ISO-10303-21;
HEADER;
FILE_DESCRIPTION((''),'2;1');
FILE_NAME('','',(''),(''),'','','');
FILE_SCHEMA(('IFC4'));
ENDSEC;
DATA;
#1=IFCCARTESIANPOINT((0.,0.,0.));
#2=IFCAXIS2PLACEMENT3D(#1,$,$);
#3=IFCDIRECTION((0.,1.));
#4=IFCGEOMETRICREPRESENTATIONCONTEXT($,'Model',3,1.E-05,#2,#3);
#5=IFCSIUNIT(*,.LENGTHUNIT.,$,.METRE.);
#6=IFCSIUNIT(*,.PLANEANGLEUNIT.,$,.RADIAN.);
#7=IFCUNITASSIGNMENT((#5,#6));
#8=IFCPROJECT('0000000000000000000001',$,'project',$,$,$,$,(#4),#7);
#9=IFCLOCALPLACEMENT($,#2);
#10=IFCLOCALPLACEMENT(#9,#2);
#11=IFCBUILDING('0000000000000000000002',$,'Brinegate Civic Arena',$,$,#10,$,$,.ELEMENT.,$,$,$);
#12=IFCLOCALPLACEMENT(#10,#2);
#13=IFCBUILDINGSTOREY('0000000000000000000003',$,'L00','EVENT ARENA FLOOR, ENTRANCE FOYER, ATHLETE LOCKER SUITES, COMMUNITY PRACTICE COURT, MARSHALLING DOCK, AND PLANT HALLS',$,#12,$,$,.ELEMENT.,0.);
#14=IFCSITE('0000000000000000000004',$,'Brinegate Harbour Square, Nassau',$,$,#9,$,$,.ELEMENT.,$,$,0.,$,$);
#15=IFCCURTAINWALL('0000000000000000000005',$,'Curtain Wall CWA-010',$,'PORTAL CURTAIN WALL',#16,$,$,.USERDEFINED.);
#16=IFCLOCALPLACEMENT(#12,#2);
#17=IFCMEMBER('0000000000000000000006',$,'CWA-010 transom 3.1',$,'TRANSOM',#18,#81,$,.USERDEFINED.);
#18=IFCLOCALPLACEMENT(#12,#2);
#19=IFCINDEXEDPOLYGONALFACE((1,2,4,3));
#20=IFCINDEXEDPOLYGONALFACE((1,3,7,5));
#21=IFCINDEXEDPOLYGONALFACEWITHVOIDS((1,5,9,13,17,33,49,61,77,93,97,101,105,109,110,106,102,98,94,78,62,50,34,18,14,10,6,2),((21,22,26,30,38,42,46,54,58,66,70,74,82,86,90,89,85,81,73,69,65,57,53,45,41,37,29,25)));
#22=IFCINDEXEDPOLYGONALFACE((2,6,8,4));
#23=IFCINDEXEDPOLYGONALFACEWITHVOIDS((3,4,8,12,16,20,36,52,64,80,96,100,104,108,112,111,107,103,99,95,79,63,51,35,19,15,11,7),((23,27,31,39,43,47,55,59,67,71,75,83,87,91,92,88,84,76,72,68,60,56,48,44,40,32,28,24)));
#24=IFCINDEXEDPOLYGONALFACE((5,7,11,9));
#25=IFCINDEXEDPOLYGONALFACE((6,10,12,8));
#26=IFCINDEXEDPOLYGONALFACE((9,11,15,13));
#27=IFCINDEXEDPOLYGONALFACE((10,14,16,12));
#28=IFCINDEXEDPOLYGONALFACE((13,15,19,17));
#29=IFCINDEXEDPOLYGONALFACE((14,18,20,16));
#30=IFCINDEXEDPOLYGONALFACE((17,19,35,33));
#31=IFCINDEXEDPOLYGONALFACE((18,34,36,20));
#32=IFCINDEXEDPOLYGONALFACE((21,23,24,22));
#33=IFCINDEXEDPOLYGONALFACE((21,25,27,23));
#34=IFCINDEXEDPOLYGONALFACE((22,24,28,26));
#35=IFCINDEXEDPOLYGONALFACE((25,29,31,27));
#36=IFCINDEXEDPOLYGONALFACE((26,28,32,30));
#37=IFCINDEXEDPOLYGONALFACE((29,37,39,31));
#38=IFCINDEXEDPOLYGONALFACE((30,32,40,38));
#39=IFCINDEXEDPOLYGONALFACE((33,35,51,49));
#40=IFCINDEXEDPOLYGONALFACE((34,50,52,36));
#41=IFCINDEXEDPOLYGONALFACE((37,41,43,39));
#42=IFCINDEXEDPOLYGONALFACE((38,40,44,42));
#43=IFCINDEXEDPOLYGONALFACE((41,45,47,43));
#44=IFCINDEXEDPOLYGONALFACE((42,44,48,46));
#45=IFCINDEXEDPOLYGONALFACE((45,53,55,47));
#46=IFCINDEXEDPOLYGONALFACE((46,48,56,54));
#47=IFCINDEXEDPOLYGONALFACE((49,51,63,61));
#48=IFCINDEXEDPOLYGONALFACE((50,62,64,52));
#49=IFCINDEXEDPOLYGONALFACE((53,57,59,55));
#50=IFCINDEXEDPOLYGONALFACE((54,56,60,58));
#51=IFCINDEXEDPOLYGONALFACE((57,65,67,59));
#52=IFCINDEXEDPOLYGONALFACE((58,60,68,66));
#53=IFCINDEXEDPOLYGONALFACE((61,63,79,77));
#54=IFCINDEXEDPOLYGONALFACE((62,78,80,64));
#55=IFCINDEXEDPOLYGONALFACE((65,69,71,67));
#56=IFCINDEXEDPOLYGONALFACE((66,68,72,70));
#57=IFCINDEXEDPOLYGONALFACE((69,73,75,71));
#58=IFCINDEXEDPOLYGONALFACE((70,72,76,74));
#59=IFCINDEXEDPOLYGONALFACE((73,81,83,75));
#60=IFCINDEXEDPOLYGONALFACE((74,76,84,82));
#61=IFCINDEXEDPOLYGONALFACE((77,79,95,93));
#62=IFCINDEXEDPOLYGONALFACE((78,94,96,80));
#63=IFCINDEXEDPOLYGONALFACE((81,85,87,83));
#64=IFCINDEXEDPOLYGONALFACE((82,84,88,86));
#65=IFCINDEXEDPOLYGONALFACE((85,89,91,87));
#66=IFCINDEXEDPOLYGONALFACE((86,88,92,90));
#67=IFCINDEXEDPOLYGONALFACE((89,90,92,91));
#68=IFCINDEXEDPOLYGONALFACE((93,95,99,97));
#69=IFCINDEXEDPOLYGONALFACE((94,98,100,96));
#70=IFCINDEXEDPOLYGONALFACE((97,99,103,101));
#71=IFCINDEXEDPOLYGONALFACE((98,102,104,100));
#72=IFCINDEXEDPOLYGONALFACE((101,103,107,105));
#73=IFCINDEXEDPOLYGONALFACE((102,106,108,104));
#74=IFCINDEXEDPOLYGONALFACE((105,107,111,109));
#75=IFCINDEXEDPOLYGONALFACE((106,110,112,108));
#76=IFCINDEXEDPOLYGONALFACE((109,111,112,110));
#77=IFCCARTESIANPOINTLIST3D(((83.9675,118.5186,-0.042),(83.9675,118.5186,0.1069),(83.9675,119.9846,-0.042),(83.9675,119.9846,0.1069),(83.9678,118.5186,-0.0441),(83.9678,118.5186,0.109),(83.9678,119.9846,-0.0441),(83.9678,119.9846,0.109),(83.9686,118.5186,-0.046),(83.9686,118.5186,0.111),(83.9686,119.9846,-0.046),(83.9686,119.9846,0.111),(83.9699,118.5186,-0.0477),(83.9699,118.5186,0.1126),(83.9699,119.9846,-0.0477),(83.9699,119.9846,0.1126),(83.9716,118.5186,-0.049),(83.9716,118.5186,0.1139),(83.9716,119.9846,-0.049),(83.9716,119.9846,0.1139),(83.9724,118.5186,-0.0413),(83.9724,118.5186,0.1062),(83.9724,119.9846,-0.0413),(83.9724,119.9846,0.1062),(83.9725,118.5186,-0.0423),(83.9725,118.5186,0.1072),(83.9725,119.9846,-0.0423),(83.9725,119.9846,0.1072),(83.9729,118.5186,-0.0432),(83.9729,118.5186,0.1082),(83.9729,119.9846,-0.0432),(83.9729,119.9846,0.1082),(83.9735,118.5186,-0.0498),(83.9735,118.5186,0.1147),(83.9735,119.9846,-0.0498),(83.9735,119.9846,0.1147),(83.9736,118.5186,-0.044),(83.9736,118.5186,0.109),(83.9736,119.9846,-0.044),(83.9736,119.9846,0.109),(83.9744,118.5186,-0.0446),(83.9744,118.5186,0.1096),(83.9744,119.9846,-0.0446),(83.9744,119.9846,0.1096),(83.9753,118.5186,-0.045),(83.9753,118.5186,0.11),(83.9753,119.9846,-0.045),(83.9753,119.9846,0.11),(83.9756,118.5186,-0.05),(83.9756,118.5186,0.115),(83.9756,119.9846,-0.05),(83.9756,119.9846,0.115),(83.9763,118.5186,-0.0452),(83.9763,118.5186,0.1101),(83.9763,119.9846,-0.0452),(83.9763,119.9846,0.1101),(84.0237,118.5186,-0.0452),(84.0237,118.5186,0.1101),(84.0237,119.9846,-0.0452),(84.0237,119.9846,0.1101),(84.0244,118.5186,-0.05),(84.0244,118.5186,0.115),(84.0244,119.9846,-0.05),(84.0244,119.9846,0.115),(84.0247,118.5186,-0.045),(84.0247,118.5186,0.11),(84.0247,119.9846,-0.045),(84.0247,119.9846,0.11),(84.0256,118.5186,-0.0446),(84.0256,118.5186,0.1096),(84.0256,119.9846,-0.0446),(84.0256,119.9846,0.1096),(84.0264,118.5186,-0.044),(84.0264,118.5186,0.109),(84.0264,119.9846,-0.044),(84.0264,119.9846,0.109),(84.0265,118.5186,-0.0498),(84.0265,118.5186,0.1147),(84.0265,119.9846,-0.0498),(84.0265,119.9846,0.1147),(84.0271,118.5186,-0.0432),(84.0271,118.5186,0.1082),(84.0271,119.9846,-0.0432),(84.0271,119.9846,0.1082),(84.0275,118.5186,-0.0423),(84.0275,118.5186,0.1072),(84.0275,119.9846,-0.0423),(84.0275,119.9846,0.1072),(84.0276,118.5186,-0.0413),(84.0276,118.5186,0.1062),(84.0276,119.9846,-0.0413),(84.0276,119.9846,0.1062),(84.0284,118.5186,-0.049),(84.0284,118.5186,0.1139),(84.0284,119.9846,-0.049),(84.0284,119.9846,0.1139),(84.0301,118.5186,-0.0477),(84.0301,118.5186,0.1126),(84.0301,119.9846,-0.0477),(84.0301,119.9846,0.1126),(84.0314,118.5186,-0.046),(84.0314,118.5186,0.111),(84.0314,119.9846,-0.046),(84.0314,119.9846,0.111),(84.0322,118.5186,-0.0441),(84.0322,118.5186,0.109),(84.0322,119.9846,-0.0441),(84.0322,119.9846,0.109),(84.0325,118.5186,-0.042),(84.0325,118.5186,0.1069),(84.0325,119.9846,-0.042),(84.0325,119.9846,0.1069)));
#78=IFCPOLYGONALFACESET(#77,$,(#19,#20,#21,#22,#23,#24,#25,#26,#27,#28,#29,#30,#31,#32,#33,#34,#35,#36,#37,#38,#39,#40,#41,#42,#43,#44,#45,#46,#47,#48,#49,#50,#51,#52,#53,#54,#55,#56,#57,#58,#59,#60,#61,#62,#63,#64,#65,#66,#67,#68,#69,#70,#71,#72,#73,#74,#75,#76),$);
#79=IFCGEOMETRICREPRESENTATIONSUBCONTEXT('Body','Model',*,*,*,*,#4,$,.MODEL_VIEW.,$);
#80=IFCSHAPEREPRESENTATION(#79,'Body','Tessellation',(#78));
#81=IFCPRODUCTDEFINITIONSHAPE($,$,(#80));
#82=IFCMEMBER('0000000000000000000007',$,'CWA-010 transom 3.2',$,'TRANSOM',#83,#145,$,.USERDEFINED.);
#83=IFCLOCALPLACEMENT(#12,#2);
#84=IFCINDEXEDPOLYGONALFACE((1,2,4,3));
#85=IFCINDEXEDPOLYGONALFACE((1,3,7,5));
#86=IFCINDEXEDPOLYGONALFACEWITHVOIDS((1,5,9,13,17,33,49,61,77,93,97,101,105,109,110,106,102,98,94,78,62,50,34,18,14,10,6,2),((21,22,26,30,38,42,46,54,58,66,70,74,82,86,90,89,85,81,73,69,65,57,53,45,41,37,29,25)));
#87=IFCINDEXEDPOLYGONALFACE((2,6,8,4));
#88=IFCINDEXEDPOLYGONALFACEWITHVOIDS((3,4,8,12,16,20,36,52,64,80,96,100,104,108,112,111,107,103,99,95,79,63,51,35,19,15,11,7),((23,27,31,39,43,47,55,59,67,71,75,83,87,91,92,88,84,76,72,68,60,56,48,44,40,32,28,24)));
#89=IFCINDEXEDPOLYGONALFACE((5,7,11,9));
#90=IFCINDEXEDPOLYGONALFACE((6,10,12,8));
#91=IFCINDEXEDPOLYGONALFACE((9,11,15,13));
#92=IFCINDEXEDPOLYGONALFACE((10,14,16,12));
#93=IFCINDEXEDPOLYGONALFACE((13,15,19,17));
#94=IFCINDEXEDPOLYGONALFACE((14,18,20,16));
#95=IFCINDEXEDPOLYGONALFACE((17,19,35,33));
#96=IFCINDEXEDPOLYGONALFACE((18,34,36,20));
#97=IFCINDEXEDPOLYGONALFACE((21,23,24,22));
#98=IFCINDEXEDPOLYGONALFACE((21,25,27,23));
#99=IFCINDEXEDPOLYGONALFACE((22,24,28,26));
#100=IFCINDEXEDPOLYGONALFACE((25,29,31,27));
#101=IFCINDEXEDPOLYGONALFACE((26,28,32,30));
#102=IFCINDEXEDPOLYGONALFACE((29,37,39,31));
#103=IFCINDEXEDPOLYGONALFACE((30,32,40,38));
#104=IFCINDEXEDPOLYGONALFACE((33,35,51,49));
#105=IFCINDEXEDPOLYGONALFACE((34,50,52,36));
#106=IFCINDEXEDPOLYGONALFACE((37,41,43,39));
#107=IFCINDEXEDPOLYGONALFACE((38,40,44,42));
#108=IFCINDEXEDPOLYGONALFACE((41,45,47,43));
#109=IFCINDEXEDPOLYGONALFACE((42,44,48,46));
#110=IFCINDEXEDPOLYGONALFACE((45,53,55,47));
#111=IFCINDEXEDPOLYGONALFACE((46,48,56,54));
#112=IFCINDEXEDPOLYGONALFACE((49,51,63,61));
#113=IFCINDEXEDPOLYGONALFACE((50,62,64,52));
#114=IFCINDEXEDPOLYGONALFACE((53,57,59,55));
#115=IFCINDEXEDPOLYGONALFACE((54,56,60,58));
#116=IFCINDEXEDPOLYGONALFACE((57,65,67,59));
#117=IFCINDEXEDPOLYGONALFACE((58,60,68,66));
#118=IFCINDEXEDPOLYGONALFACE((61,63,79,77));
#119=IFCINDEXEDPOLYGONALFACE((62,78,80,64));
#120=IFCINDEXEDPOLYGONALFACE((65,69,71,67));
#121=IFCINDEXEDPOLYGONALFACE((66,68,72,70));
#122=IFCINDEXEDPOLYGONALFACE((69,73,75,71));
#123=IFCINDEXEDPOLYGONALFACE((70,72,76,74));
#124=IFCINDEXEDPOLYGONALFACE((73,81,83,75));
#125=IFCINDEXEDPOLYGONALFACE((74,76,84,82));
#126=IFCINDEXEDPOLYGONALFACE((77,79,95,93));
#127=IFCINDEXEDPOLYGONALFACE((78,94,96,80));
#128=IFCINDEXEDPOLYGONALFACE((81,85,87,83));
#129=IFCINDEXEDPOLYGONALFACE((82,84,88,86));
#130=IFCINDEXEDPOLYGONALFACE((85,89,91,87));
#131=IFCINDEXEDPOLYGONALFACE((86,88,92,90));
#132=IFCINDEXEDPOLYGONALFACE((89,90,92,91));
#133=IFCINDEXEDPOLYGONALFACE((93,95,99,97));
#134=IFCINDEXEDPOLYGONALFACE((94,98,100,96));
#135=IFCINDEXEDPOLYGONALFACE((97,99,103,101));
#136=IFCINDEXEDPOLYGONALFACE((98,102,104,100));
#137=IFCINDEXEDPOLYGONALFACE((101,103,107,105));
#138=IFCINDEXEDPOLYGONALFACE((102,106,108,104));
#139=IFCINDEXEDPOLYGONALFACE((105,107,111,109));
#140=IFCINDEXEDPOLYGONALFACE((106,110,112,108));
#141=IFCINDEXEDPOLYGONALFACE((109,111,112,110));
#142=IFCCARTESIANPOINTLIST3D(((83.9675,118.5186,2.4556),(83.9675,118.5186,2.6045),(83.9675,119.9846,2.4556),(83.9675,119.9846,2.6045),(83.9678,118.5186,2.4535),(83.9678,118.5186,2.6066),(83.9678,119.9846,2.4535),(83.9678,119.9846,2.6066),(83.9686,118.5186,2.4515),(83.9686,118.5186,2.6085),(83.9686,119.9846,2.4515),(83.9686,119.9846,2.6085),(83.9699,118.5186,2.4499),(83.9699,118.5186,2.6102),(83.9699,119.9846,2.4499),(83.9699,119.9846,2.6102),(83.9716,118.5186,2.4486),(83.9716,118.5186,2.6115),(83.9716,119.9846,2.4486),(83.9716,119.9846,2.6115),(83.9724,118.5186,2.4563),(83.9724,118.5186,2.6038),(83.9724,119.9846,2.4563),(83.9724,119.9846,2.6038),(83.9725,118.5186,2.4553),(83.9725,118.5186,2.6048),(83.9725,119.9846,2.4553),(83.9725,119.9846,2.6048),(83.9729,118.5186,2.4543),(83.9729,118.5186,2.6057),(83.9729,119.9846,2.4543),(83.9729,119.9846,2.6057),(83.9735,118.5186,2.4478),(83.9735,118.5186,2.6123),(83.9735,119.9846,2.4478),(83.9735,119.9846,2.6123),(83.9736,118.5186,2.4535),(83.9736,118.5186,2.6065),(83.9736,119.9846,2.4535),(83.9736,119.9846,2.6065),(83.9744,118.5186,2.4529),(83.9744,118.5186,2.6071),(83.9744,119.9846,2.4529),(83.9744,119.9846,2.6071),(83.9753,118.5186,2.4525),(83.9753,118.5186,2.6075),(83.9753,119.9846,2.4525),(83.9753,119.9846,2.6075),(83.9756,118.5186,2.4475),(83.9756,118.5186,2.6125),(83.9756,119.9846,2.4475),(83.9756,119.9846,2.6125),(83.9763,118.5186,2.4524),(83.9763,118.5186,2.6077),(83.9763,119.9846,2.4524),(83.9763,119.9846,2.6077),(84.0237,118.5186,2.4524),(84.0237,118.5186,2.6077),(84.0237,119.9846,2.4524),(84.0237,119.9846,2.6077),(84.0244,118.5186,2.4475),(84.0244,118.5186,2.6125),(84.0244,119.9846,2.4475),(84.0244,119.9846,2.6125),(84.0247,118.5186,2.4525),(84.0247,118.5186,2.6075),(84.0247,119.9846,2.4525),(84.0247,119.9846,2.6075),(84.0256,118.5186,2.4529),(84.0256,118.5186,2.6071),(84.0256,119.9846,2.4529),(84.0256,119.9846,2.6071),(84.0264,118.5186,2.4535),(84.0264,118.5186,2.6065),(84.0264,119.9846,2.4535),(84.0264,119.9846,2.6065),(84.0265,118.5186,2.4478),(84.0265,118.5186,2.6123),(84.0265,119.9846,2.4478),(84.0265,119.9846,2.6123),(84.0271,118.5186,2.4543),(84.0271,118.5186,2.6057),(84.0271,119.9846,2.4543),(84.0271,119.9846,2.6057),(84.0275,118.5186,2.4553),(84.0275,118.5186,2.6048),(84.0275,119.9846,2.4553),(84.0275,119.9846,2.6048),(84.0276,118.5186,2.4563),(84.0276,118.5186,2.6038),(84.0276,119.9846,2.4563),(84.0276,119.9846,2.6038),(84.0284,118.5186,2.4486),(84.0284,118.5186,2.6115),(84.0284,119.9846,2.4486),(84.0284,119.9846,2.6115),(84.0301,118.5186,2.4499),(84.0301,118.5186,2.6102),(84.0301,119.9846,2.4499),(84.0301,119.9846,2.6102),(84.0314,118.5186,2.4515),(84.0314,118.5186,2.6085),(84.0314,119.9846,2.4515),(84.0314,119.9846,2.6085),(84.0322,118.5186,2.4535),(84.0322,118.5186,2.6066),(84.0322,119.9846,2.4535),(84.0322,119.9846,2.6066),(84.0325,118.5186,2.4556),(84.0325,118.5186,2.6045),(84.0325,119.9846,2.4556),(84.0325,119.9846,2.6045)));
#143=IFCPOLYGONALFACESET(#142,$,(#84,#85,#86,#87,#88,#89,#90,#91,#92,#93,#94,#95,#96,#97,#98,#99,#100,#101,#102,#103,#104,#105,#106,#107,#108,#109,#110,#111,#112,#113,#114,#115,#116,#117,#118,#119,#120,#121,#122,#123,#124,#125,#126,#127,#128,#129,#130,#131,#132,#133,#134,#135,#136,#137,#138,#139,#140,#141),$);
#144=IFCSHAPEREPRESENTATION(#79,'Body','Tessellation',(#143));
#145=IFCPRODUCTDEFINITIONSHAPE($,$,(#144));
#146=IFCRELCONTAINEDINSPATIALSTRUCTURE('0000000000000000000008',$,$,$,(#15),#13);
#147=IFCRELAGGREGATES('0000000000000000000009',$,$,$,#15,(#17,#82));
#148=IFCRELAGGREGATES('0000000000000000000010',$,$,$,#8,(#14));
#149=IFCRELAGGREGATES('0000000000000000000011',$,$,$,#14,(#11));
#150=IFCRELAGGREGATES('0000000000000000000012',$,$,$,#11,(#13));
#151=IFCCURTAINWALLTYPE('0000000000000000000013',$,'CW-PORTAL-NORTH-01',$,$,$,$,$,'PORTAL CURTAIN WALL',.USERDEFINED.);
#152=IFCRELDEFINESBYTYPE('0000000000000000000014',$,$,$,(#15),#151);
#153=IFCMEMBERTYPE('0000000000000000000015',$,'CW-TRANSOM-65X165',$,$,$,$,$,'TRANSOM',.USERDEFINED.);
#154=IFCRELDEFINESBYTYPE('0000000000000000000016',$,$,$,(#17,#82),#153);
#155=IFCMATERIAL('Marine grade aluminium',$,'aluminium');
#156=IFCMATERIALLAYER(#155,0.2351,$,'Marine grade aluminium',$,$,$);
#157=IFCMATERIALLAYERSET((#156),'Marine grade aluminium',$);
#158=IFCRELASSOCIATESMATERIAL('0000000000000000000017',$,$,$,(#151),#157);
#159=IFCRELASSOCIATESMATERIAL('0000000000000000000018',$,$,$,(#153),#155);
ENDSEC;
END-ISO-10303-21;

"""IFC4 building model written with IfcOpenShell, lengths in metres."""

from ifc_helpers import new_model, si_unit, direction, frame, origin, origin_2d, place, context, subcontext, project, spatial, hollow_rectangle, extrude, material, layer, layer_set, material_profile, profile_set, type_object, element, aggregate, save


model = new_model("IFC4")

# Units and contexts
model_context = context("Model", 3, precision=1e-05, world=origin(), true_north=direction((0.0, 1.0)))
body_context = subcontext(model_context, "Body", "Model", "MODEL_VIEW")
ifc_project = project(units=[si_unit("LENGTHUNIT", "METRE"), si_unit("PLANEANGLEUNIT", "RADIAN")], contexts=[model_context])

# Site, building, storey
site_placement = place(None, origin())
site = spatial("IfcSite", under=ifc_project, at=site_placement, Name="Brinegate Harbour Square, Nassau", CompositionType="ELEMENT", RefElevation=0.0)
building_placement = place(site_placement, origin())
building = spatial("IfcBuilding", under=site, at=building_placement, Name="Brinegate Civic Arena", CompositionType="ELEMENT")
storey_placement = place(building_placement, origin())
storey = spatial("IfcBuildingStorey", under=building, at=storey_placement, Name="L00", Description="EVENT ARENA FLOOR, ENTRANCE FOYER, ATHLETE LOCKER SUITES, COMMUNITY PRACTICE COURT, MARSHALLING DOCK, AND PLANT HALLS", CompositionType="ELEMENT", Elevation=0.0)

# Curtain wall, members
ifc_material_1 = material(Name="Marine grade aluminium", Category="aluminium")
ifc_layer_1 = layer(ifc_material_1, 0.2351, Name="Marine grade aluminium")
ifc_layer_set_1 = layer_set([ifc_layer_1], Name="Marine grade aluminium")
curtain_wall_type = type_object("IfcCurtainWallType", Name="CW-PORTAL-NORTH-01", ElementType="PORTAL CURTAIN WALL", PredefinedType="USERDEFINED", material=ifc_layer_set_1)
curtain_wall_placement = place(storey_placement, origin())
curtain_wall = element("IfcCurtainWall", 1, at=curtain_wall_placement, inside=storey, type_object=curtain_wall_type, Name="Curtain Wall CWA-010", ObjectType="PORTAL CURTAIN WALL", PredefinedType="USERDEFINED")
ifc_material_profile_1 = material_profile(ifc_material_1, hollow_rectangle(XDim=0.0649, YDim=0.165, WallThickness=0.0049, InnerFilletRadius=0.0039, OuterFilletRadius=0.0081, at=origin_2d()), Name="TRN65X165")
ifc_profile_set_1 = profile_set([ifc_material_profile_1], Name="Marine grade aluminium")
member_type_1 = type_object("IfcMemberType", Name="CW-TRANSOM-65X165", ElementType="TRANSOM", PredefinedType="USERDEFINED", material=ifc_profile_set_1)
member_1_placement = place(storey_placement, frame((84.0, 118.5186, 0.0325), z_axis=(0.0, 1.0, 0.0), x_axis=(-1.0, 0.0, 0.0)))
member_1 = element("IfcMember", 2, at=member_1_placement, type_object=member_type_1, Name="CWA-010 transom 3.1", ObjectType="TRANSOM", PredefinedType="USERDEFINED", context=body_context, shape_type="SweptSolid", body=[
    extrude(hollow_rectangle(XDim=0.0649, YDim=0.165, WallThickness=0.0049, InnerFilletRadius=0.0039, OuterFilletRadius=0.0081, at=origin_2d()), origin(), (0.0, 0.0, 1.0), 1.4661),
])
member_2_placement = place(storey_placement, frame((84.0, 118.5186, 2.53), z_axis=(0.0, 1.0, 0.0), x_axis=(-1.0, 0.0, 0.0)))
member_2 = element("IfcMember", 3, at=member_2_placement, type_object=member_type_1, Name="CWA-010 transom 3.2", ObjectType="TRANSOM", PredefinedType="USERDEFINED", context=body_context, shape_type="SweptSolid", body=[
    extrude(hollow_rectangle(XDim=0.0649, YDim=0.165, WallThickness=0.0049, InnerFilletRadius=0.0039, OuterFilletRadius=0.0081, at=origin_2d()), origin(), (0.0, 0.0, 1.0), 1.4661),
])
aggregate(curtain_wall, [member_1, member_2])

save(model, "model.ifc")
